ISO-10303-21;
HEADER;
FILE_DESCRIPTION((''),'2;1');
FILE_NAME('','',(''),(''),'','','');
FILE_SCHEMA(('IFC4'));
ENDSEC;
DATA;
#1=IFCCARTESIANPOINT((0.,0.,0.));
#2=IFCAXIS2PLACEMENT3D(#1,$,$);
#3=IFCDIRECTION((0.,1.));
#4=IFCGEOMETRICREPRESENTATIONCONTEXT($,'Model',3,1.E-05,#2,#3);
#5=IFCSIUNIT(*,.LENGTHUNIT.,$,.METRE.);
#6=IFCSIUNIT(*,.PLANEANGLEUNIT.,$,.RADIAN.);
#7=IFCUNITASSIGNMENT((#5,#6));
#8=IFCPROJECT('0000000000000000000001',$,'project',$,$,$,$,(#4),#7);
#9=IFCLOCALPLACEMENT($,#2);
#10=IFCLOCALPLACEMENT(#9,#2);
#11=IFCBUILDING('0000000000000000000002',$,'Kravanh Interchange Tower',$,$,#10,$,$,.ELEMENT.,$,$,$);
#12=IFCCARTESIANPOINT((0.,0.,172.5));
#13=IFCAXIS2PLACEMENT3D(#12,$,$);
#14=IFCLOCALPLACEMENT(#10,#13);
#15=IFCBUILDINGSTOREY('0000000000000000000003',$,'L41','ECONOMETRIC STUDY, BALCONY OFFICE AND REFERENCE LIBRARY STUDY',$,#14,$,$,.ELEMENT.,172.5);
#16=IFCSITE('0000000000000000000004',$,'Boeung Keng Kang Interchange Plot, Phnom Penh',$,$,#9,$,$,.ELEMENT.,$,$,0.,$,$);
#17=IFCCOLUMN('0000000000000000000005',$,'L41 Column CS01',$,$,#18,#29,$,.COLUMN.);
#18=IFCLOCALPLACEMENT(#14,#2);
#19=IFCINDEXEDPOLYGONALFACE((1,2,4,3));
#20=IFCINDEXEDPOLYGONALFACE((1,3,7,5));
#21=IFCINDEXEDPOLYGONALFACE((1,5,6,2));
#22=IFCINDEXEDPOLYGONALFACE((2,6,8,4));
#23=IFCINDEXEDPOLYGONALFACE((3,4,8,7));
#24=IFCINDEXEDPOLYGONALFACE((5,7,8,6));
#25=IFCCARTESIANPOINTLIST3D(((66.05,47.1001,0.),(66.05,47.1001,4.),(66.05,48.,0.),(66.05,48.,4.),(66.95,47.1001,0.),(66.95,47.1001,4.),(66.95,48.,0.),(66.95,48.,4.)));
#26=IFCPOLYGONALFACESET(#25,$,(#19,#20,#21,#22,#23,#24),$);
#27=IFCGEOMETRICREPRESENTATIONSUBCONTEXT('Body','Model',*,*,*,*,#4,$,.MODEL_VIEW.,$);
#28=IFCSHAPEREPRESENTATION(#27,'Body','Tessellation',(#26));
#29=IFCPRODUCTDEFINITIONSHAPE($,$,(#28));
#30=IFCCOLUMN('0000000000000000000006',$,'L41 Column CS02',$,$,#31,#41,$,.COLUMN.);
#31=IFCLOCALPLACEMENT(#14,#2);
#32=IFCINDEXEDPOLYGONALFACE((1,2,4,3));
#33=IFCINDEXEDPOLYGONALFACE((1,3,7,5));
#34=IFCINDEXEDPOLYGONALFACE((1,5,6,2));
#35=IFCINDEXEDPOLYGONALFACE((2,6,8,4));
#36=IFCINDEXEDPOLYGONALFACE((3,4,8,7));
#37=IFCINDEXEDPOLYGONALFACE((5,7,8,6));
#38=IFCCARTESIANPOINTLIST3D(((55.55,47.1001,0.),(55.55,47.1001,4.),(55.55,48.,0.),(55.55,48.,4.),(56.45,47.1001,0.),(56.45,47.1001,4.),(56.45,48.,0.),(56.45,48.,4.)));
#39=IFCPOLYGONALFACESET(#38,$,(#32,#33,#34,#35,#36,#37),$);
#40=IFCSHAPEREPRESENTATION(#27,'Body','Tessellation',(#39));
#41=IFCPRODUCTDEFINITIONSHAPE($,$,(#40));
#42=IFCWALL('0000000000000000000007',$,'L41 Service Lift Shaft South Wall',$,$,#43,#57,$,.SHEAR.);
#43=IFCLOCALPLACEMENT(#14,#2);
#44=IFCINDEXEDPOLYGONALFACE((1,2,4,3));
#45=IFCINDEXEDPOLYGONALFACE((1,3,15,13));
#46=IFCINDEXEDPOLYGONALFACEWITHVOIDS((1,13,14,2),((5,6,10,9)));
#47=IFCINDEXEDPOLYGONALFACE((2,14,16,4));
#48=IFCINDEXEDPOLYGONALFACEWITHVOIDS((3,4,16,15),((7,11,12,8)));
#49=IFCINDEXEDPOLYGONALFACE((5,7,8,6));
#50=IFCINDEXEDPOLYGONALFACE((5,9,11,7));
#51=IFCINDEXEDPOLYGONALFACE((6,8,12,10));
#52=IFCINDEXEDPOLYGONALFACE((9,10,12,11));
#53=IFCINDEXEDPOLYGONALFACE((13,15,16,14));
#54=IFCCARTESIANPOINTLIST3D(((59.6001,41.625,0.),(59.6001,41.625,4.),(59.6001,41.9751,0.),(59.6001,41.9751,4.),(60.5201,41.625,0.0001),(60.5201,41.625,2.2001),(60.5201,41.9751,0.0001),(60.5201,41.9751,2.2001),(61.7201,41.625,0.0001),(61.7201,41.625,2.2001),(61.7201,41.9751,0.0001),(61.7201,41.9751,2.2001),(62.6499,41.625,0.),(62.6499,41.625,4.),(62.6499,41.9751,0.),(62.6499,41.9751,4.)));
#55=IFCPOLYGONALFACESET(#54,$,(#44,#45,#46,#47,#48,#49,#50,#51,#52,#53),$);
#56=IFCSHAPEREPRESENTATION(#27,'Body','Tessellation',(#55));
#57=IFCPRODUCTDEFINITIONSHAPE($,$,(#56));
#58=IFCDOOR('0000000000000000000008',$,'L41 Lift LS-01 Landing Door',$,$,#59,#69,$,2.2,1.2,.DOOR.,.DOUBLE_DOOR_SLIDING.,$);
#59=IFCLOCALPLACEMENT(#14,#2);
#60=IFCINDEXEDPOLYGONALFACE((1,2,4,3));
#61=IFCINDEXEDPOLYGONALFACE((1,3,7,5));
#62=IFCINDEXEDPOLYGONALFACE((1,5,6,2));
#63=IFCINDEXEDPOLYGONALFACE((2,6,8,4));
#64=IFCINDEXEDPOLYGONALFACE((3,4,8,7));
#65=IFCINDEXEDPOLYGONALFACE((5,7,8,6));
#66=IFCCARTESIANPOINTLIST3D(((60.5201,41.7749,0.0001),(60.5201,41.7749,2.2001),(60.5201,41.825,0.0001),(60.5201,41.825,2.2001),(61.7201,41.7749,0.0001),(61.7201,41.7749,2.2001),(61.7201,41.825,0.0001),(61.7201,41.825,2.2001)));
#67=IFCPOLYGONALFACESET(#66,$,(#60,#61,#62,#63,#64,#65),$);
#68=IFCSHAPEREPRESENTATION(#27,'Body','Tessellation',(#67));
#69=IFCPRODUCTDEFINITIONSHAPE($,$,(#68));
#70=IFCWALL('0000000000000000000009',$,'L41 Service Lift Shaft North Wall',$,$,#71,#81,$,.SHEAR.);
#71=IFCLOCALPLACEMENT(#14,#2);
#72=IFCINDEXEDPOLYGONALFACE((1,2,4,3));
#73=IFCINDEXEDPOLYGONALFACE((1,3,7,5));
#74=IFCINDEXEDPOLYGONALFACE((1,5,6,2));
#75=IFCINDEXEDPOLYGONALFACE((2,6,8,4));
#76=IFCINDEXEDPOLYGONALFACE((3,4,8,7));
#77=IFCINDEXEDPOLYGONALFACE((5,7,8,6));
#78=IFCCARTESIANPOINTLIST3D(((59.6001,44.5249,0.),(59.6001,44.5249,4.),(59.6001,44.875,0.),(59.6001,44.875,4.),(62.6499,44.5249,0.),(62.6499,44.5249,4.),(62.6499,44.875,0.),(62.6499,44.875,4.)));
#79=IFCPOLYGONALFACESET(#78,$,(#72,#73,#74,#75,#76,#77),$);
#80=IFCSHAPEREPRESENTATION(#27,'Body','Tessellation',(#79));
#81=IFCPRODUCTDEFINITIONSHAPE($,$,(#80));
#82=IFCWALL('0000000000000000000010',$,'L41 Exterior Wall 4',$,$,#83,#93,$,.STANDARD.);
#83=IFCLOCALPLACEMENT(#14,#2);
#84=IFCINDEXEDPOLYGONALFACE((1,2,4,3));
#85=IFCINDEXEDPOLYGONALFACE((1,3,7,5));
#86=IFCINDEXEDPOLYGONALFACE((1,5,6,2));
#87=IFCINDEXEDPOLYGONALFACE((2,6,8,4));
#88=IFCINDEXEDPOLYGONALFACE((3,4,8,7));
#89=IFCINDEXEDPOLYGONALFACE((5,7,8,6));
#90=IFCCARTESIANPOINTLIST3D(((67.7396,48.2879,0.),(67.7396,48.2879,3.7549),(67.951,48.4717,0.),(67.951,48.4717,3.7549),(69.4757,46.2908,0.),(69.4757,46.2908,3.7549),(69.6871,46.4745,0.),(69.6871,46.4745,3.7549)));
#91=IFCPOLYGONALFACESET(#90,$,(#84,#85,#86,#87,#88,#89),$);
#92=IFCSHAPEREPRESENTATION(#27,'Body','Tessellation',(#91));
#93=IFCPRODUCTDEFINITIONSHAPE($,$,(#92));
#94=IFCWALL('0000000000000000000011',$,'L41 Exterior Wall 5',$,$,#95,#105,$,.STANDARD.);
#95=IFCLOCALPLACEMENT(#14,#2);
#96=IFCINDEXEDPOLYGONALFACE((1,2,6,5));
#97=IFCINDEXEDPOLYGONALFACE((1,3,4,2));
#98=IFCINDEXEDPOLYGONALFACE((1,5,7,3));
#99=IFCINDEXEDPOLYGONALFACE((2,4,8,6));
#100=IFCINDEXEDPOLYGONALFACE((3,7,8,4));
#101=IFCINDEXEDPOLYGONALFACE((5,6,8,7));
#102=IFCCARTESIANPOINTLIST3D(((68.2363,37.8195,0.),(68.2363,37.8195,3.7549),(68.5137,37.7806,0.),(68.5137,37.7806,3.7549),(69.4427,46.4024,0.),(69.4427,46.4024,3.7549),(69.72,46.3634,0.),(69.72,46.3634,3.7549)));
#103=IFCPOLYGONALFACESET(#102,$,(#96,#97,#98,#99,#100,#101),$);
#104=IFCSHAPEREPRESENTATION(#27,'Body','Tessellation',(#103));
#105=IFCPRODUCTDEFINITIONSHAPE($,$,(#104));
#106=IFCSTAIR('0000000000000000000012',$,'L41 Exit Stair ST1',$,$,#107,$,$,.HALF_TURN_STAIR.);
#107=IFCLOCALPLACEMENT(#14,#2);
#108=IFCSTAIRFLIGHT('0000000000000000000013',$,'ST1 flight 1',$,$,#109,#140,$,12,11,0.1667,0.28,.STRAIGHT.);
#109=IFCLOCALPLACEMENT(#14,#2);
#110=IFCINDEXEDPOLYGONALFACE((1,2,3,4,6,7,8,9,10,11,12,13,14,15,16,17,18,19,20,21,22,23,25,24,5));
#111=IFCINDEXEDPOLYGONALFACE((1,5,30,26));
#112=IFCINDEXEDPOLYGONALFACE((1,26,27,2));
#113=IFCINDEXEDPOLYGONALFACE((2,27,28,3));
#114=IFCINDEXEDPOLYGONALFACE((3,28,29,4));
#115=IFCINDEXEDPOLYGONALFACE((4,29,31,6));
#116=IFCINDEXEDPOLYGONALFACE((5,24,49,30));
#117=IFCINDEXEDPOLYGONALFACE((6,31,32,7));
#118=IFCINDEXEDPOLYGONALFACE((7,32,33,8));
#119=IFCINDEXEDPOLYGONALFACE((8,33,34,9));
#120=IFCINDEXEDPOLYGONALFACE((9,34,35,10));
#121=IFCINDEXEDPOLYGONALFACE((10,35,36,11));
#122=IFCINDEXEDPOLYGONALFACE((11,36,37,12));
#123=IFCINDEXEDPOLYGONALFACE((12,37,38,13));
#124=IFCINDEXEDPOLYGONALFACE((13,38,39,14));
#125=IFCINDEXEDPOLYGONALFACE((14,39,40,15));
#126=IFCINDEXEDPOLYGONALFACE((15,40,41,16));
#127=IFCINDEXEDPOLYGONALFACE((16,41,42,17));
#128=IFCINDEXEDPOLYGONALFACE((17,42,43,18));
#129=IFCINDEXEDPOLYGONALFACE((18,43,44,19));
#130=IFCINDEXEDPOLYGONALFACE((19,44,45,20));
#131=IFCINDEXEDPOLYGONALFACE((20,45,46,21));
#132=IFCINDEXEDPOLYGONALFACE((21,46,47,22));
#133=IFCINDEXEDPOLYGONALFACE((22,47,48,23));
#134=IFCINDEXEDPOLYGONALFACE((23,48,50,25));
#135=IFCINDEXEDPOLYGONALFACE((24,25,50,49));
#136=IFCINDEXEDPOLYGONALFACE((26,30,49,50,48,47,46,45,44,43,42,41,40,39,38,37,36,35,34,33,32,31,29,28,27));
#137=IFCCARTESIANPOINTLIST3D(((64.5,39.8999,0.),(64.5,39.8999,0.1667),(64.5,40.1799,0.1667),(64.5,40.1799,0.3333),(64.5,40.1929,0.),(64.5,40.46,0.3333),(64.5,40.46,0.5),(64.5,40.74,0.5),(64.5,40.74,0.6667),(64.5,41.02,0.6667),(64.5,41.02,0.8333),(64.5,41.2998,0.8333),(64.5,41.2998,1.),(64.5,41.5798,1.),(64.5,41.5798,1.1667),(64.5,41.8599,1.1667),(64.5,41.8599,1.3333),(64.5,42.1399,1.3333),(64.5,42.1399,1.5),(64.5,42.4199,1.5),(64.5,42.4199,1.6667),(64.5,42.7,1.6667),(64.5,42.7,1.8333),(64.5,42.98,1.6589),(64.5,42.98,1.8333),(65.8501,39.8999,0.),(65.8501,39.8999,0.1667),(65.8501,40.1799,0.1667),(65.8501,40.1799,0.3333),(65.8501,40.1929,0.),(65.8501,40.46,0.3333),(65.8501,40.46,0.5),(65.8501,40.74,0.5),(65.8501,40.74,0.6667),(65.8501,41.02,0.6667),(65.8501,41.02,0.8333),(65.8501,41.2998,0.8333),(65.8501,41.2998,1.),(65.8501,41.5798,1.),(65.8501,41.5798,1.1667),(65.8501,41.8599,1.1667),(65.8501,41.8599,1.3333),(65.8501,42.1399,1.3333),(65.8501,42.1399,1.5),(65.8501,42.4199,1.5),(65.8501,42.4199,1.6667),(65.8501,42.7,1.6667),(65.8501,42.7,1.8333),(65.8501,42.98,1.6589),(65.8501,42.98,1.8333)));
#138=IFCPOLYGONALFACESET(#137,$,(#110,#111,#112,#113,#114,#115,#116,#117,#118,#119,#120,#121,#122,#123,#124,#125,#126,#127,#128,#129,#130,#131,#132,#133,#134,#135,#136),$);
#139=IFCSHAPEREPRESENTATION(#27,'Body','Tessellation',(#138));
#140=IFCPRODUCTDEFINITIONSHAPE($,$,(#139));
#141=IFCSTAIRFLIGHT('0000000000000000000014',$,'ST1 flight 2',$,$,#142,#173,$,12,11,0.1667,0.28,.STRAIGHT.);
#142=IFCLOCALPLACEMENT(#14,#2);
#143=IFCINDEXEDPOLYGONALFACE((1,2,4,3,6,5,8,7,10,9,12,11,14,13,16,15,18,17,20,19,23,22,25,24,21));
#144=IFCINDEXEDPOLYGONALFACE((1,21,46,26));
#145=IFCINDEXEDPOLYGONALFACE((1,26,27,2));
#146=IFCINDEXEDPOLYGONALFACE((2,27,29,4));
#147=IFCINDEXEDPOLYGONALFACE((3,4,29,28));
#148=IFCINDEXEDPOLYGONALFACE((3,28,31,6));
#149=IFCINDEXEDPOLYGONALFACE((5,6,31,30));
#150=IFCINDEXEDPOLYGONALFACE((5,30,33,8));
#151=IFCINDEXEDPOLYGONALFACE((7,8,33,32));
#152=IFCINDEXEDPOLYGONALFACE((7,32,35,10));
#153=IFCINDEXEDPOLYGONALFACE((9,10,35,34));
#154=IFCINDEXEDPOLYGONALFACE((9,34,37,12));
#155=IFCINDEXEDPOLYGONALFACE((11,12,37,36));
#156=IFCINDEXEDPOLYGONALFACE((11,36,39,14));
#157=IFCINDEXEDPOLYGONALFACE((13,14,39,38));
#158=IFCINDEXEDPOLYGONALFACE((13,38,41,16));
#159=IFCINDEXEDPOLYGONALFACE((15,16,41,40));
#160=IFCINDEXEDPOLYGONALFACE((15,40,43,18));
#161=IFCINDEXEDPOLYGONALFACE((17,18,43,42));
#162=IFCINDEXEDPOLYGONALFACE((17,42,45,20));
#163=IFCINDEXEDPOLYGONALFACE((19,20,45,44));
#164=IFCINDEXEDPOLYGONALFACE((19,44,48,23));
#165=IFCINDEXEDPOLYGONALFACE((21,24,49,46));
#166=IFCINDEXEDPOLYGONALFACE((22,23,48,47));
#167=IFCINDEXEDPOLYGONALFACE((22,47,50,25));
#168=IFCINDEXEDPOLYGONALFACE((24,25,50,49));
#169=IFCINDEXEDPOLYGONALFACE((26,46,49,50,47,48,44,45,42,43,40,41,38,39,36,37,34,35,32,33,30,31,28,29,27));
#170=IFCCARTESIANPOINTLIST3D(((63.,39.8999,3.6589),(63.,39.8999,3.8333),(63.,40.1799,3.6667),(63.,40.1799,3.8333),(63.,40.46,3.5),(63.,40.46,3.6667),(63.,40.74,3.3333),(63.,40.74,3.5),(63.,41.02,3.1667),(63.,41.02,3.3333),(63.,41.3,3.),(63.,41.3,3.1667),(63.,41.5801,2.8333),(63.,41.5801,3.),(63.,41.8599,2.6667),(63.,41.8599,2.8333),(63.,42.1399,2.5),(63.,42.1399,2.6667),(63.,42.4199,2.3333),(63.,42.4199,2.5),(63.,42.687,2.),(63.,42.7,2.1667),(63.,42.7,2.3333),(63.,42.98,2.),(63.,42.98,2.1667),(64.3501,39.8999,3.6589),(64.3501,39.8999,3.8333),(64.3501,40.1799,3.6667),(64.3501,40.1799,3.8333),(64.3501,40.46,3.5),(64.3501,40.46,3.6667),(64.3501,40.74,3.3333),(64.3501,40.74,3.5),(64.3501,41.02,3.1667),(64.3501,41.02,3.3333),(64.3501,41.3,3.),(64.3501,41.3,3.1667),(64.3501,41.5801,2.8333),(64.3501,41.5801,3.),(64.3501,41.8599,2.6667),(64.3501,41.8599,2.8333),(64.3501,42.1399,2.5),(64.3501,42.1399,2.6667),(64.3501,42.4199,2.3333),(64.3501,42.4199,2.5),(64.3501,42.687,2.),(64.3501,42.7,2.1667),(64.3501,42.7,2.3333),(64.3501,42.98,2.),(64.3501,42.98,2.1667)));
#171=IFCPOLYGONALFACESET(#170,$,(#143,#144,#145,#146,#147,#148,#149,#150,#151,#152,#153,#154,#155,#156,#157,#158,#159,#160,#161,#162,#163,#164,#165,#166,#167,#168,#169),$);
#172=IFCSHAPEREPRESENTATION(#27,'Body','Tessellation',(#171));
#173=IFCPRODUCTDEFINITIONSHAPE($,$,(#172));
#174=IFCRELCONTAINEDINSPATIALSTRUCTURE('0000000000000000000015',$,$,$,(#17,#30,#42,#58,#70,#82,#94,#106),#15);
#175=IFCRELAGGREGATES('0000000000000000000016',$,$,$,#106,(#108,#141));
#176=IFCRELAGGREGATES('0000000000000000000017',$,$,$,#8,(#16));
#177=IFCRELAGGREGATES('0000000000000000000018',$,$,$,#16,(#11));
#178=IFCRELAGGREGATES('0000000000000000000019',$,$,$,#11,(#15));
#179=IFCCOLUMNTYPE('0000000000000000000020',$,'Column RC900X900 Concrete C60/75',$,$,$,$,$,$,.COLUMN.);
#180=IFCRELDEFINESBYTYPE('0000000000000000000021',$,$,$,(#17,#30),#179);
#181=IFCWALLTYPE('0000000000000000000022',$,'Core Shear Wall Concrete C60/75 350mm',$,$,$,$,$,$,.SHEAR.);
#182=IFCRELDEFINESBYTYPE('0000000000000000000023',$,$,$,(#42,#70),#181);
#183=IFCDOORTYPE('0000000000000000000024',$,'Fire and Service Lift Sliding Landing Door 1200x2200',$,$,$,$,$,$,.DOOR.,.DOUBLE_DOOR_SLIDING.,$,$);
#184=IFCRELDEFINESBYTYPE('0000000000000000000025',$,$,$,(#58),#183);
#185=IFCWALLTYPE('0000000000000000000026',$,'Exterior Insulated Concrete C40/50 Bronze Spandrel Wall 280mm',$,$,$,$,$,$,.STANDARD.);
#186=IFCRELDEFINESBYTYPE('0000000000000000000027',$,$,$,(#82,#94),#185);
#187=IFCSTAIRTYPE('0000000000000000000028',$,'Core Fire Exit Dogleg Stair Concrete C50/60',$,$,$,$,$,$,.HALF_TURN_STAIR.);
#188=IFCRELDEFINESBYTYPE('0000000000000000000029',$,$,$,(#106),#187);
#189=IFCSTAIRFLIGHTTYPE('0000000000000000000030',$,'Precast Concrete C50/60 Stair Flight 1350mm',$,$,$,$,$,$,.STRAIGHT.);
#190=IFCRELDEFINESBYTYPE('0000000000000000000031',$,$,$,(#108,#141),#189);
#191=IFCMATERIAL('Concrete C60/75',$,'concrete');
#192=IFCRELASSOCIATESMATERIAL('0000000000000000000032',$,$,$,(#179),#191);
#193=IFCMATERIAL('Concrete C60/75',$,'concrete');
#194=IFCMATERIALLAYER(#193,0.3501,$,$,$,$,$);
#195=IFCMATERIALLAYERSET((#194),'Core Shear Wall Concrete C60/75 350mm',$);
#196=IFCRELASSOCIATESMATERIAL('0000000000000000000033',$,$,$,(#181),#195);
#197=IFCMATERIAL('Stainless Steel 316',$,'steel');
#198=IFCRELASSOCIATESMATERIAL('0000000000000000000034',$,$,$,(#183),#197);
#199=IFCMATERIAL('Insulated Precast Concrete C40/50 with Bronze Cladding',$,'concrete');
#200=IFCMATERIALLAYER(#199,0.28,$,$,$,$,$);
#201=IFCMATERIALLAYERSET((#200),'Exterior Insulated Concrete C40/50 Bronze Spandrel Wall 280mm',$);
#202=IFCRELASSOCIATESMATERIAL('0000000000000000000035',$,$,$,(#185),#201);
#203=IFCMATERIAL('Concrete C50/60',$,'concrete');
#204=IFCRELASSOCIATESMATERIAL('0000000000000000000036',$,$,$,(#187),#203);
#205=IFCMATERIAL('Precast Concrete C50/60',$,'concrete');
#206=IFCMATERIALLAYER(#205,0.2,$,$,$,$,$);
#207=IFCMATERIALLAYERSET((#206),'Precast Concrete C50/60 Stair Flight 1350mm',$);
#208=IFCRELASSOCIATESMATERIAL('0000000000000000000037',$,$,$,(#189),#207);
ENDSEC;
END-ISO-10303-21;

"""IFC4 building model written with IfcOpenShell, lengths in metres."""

from ifc_helpers import new_model, si_unit, direction, frame, frame_2d, origin, origin_2d, place, context, subcontext, project, spatial, polyline, rectangle, outline, extrude, material, layer, layer_set, material_profile, profile_set, type_object, element, fill, aggregate, save


model = new_model("IFC4")

# Units and contexts
model_context = context("Model", 3, precision=1e-05, world=origin(), true_north=direction((0.0, 1.0)))
body_context = subcontext(model_context, "Body", "Model", "MODEL_VIEW")
ifc_project = project(units=[si_unit("LENGTHUNIT", "METRE"), si_unit("PLANEANGLEUNIT", "RADIAN")], contexts=[model_context])

# Site, building, storey
site_placement = place(None, origin())
site = spatial("IfcSite", under=ifc_project, at=site_placement, Name="Boeung Keng Kang Interchange Plot, Phnom Penh", CompositionType="ELEMENT", RefElevation=0.0)
building_placement = place(site_placement, origin())
building = spatial("IfcBuilding", under=site, at=building_placement, Name="Kravanh Interchange Tower", CompositionType="ELEMENT")
storey_placement = place(building_placement, frame((0.0, 0.0, 172.5)))
storey = spatial("IfcBuildingStorey", under=building, at=storey_placement, Name="L41", Description="ECONOMETRIC STUDY, BALCONY OFFICE AND REFERENCE LIBRARY STUDY", CompositionType="ELEMENT", Elevation=172.5)

# Columns
ifc_material_1 = material(Name="Concrete C60/75", Category="concrete")
ifc_material_profile = material_profile(ifc_material_1, rectangle(XDim=0.8999, YDim=0.8999, at=origin_2d()), Name="RC900X900")
ifc_profile_set = profile_set([ifc_material_profile], Name="Concrete C60/75")
column_type = type_object("IfcColumnType", Name="Column RC900X900 Concrete C60/75", PredefinedType="COLUMN", material=ifc_profile_set)
for number, where, z_axis, x_axis, name in (
    (1, (66.5, 47.55, 0.0), (0.0, 0.0, 1.0), (1.0, 0.0, 0.0), "L41 Column CS01"),
    (2, (56.0, 47.55, 0.0), (0.0, 0.0, 1.0), (1.0, 0.0, 0.0), "L41 Column CS02"),
):
    element("IfcColumn", number, at=place(storey_placement, frame(where, z_axis=z_axis, x_axis=x_axis)), inside=storey, type_object=column_type, Name=name, PredefinedType="COLUMN", context=body_context, shape_type="SweptSolid", body=[
        extrude(rectangle(XDim=0.8999, YDim=0.8999, at=origin_2d()), origin(), (0.0, 0.0, 1.0), 4.0),
    ])

# Wall, opening, door
ifc_material_2 = material(Name="Concrete C60/75", Category="concrete")
ifc_layer_1 = layer(ifc_material_2, 0.3501)
ifc_layer_set_1 = layer_set([ifc_layer_1], Name="Core Shear Wall Concrete C60/75 350mm")
wall_type_1 = type_object("IfcWallType", Name="Core Shear Wall Concrete C60/75 350mm", PredefinedType="SHEAR", material=ifc_layer_set_1)
wall_1_placement = place(storey_placement, frame((59.6001, 41.8, 0.0), z_axis=(0.0, 0.0, 1.0), x_axis=(1.0, 0.0, 0.0)))
wall_1 = element("IfcWall", 3, at=wall_1_placement, inside=storey, type_object=wall_type_1, Name="L41 Service Lift Shaft South Wall", PredefinedType="SHEAR", context=body_context, shape_type="SweptSolid", body=[
    extrude(rectangle(XDim=3.0498, YDim=0.3501, at=frame_2d((1.5249, 0.0))), origin(), (0.0, 0.0, 1.0), 4.0),
])
opening_placement = place(wall_1_placement, frame((0.9199, 0.0, 0.0)))
opening = element("IfcOpeningElement", 4, at=opening_placement, cuts=wall_1, PredefinedType="OPENING", context=body_context, shape_type="SweptSolid", body=[
    extrude(rectangle(XDim=1.2, YDim=2.2, at=frame_2d((0.6001, 1.1001))), frame((0.0, 0.1851, 0.0), z_axis=(0.0, -1.0, 0.0), x_axis=(1.0, 0.0, 0.0)), (0.0, 0.0, 1.0), 0.3701),
])
ifc_material_3 = material(Name="Stainless Steel 316", Category="steel")
door_type = type_object("IfcDoorType", Name="Fire and Service Lift Sliding Landing Door 1200x2200", OperationType="DOUBLE_DOOR_SLIDING", PredefinedType="DOOR", material=ifc_material_3)
door_placement = place(opening_placement, origin())
door = element("IfcDoor", 5, at=door_placement, inside=storey, type_object=door_type, Name="L41 Lift LS-01 Landing Door", OperationType="DOUBLE_DOOR_SLIDING", OverallHeight=2.2, OverallWidth=1.2, PredefinedType="DOOR", context=body_context, shape_type="SweptSolid", body=[
    extrude(rectangle(XDim=1.2, YDim=2.2, at=frame_2d((0.6001, 1.1001))), frame((0.0, 0.0249, 0.0), z_axis=(0.0, -1.0, 0.0), x_axis=(1.0, 0.0, 0.0)), (0.0, 0.0, 1.0), 0.05),
])
fill(opening, door)

# Walls
wall_2_placement = place(storey_placement, frame((59.6001, 44.7, 0.0), z_axis=(0.0, 0.0, 1.0), x_axis=(1.0, 0.0, 0.0)))
element("IfcWall", 6, at=wall_2_placement, inside=storey, type_object=wall_type_1, Name="L41 Service Lift Shaft North Wall", PredefinedType="SHEAR", context=body_context, shape_type="SweptSolid", body=[
    extrude(rectangle(XDim=3.0498, YDim=0.3501, at=frame_2d((1.5249, 0.0))), origin(), (0.0, 0.0, 1.0), 4.0),
])
ifc_material_4 = material(Name="Insulated Precast Concrete C40/50 with Bronze Cladding", Category="concrete")
ifc_layer_2 = layer(ifc_material_4, 0.28)
ifc_layer_set_2 = layer_set([ifc_layer_2], Name="Exterior Insulated Concrete C40/50 Bronze Spandrel Wall 280mm")
wall_type_2 = type_object("IfcWallType", Name="Exterior Insulated Concrete C40/50 Bronze Spandrel Wall 280mm", PredefinedType="STANDARD", material=ifc_layer_set_2)
wall_3_placement = place(storey_placement, frame((67.8452, 48.3799, 0.0), z_axis=(0.0, 0.0, 1.0), x_axis=(0.656071, -0.754699, 0.0)))
element("IfcWall", 7, at=wall_3_placement, inside=storey, type_object=wall_type_2, Name="L41 Exterior Wall 4", PredefinedType="STANDARD", context=body_context, shape_type="SweptSolid", body=[
    extrude(rectangle(XDim=2.6462, YDim=0.28, at=frame_2d((1.3232, 0.0))), origin(), (0.0, 0.0, 1.0), 3.7549),
])
wall_4_placement = place(storey_placement, frame((69.5813, 46.3828, 0.0), z_axis=(0.0, 0.0, 1.0), x_axis=(-0.139181, -0.990267, 0.0)))
element("IfcWall", 8, at=wall_4_placement, inside=storey, type_object=wall_type_2, Name="L41 Exterior Wall 5", PredefinedType="STANDARD", context=body_context, shape_type="SweptSolid", body=[
    extrude(rectangle(XDim=8.6672, YDim=0.28, at=frame_2d((4.3335, 0.0))), origin(), (0.0, 0.0, 1.0), 3.7549),
])

# Stair, stair flights
ifc_material_5 = material(Name="Concrete C50/60", Category="concrete")
stair_type = type_object("IfcStairType", Name="Core Fire Exit Dogleg Stair Concrete C50/60", PredefinedType="HALF_TURN_STAIR", material=ifc_material_5)
stair_1_placement = place(storey_placement, origin())
stair_1 = element("IfcStair", 9, at=stair_1_placement, inside=storey, type_object=stair_type, Name="L41 Exit Stair ST1", PredefinedType="HALF_TURN_STAIR")
ifc_material_6 = material(Name="Precast Concrete C50/60", Category="concrete")
ifc_layer_3 = layer(ifc_material_6, 0.2)
ifc_layer_set_3 = layer_set([ifc_layer_3], Name="Precast Concrete C50/60 Stair Flight 1350mm")
stair_flight_type = type_object("IfcStairFlightType", Name="Precast Concrete C50/60 Stair Flight 1350mm", PredefinedType="STRAIGHT", material=ifc_layer_set_3)
stair_flight_1_placement = place(storey_placement, frame((65.175, 39.8999, 0.0), z_axis=(0.0, 0.0, 1.0), x_axis=(0.0, 1.0, 0.0)))
stair_flight_1 = element("IfcStairFlight", 10, at=stair_flight_1_placement, type_object=stair_flight_type, Name="ST1 flight 1", NumberOfRisers=12, NumberOfTreads=11, PredefinedType="STRAIGHT", RiserHeight=0.1667, TreadLength=0.28, context=body_context, shape_type="SweptSolid", body=[
    extrude(outline(polyline([(0.0, 0.0), (0.0, 0.1667), (0.28, 0.1667), (0.28, 0.3333), (0.5601, 0.3333), (0.5601, 0.5), (0.8401, 0.5), (0.8401, 0.6667), (1.1201, 0.6667), (1.1201, 0.8333), (1.3999, 0.8333), (1.3999, 1.0), (1.6799, 1.0), (1.6799, 1.1667), (1.96, 1.1667), (1.96, 1.3333), (2.24, 1.3333), (2.24, 1.5), (2.52, 1.5), (2.52, 1.6667), (2.8, 1.6667), (2.8, 1.8333), (3.0801, 1.8333), (3.0801, 2.0), (3.0801, 1.6589), (0.293, 0.0), (0.0, 0.0)])), frame((0.0, 0.675, 0.0), z_axis=(0.0, -1.0, 0.0), x_axis=(1.0, 0.0, 0.0)), (0.0, 0.0, 1.0), 1.3501),
])
stair_flight_2_placement = place(storey_placement, frame((63.675, 42.98, 2.0), z_axis=(0.0, 0.0, 1.0), x_axis=(0.0, -1.0, 0.0)))
stair_flight_2 = element("IfcStairFlight", 11, at=stair_flight_2_placement, type_object=stair_flight_type, Name="ST1 flight 2", NumberOfRisers=12, NumberOfTreads=11, PredefinedType="STRAIGHT", RiserHeight=0.1667, TreadLength=0.28, context=body_context, shape_type="SweptSolid", body=[
    extrude(outline(polyline([(0.0, 0.0), (0.0, 0.1667), (0.28, 0.1667), (0.28, 0.3333), (0.5601, 0.3333), (0.5601, 0.5), (0.8401, 0.5), (0.8401, 0.6667), (1.1201, 0.6667), (1.1201, 0.8333), (1.3999, 0.8333), (1.3999, 1.0), (1.6799, 1.0), (1.6799, 1.1667), (1.96, 1.1667), (1.96, 1.3333), (2.24, 1.3333), (2.24, 1.5), (2.52, 1.5), (2.52, 1.6667), (2.8, 1.6667), (2.8, 1.8333), (3.0801, 1.8333), (3.0801, 2.0), (3.0801, 1.6589), (0.293, 0.0), (0.0, 0.0)])), frame((0.0, 0.675, 0.0), z_axis=(0.0, -1.0, 0.0), x_axis=(1.0, 0.0, 0.0)), (0.0, 0.0, 1.0), 1.3501),
])
aggregate(stair_1, [stair_flight_1, stair_flight_2])

save(model, "model.ifc")
